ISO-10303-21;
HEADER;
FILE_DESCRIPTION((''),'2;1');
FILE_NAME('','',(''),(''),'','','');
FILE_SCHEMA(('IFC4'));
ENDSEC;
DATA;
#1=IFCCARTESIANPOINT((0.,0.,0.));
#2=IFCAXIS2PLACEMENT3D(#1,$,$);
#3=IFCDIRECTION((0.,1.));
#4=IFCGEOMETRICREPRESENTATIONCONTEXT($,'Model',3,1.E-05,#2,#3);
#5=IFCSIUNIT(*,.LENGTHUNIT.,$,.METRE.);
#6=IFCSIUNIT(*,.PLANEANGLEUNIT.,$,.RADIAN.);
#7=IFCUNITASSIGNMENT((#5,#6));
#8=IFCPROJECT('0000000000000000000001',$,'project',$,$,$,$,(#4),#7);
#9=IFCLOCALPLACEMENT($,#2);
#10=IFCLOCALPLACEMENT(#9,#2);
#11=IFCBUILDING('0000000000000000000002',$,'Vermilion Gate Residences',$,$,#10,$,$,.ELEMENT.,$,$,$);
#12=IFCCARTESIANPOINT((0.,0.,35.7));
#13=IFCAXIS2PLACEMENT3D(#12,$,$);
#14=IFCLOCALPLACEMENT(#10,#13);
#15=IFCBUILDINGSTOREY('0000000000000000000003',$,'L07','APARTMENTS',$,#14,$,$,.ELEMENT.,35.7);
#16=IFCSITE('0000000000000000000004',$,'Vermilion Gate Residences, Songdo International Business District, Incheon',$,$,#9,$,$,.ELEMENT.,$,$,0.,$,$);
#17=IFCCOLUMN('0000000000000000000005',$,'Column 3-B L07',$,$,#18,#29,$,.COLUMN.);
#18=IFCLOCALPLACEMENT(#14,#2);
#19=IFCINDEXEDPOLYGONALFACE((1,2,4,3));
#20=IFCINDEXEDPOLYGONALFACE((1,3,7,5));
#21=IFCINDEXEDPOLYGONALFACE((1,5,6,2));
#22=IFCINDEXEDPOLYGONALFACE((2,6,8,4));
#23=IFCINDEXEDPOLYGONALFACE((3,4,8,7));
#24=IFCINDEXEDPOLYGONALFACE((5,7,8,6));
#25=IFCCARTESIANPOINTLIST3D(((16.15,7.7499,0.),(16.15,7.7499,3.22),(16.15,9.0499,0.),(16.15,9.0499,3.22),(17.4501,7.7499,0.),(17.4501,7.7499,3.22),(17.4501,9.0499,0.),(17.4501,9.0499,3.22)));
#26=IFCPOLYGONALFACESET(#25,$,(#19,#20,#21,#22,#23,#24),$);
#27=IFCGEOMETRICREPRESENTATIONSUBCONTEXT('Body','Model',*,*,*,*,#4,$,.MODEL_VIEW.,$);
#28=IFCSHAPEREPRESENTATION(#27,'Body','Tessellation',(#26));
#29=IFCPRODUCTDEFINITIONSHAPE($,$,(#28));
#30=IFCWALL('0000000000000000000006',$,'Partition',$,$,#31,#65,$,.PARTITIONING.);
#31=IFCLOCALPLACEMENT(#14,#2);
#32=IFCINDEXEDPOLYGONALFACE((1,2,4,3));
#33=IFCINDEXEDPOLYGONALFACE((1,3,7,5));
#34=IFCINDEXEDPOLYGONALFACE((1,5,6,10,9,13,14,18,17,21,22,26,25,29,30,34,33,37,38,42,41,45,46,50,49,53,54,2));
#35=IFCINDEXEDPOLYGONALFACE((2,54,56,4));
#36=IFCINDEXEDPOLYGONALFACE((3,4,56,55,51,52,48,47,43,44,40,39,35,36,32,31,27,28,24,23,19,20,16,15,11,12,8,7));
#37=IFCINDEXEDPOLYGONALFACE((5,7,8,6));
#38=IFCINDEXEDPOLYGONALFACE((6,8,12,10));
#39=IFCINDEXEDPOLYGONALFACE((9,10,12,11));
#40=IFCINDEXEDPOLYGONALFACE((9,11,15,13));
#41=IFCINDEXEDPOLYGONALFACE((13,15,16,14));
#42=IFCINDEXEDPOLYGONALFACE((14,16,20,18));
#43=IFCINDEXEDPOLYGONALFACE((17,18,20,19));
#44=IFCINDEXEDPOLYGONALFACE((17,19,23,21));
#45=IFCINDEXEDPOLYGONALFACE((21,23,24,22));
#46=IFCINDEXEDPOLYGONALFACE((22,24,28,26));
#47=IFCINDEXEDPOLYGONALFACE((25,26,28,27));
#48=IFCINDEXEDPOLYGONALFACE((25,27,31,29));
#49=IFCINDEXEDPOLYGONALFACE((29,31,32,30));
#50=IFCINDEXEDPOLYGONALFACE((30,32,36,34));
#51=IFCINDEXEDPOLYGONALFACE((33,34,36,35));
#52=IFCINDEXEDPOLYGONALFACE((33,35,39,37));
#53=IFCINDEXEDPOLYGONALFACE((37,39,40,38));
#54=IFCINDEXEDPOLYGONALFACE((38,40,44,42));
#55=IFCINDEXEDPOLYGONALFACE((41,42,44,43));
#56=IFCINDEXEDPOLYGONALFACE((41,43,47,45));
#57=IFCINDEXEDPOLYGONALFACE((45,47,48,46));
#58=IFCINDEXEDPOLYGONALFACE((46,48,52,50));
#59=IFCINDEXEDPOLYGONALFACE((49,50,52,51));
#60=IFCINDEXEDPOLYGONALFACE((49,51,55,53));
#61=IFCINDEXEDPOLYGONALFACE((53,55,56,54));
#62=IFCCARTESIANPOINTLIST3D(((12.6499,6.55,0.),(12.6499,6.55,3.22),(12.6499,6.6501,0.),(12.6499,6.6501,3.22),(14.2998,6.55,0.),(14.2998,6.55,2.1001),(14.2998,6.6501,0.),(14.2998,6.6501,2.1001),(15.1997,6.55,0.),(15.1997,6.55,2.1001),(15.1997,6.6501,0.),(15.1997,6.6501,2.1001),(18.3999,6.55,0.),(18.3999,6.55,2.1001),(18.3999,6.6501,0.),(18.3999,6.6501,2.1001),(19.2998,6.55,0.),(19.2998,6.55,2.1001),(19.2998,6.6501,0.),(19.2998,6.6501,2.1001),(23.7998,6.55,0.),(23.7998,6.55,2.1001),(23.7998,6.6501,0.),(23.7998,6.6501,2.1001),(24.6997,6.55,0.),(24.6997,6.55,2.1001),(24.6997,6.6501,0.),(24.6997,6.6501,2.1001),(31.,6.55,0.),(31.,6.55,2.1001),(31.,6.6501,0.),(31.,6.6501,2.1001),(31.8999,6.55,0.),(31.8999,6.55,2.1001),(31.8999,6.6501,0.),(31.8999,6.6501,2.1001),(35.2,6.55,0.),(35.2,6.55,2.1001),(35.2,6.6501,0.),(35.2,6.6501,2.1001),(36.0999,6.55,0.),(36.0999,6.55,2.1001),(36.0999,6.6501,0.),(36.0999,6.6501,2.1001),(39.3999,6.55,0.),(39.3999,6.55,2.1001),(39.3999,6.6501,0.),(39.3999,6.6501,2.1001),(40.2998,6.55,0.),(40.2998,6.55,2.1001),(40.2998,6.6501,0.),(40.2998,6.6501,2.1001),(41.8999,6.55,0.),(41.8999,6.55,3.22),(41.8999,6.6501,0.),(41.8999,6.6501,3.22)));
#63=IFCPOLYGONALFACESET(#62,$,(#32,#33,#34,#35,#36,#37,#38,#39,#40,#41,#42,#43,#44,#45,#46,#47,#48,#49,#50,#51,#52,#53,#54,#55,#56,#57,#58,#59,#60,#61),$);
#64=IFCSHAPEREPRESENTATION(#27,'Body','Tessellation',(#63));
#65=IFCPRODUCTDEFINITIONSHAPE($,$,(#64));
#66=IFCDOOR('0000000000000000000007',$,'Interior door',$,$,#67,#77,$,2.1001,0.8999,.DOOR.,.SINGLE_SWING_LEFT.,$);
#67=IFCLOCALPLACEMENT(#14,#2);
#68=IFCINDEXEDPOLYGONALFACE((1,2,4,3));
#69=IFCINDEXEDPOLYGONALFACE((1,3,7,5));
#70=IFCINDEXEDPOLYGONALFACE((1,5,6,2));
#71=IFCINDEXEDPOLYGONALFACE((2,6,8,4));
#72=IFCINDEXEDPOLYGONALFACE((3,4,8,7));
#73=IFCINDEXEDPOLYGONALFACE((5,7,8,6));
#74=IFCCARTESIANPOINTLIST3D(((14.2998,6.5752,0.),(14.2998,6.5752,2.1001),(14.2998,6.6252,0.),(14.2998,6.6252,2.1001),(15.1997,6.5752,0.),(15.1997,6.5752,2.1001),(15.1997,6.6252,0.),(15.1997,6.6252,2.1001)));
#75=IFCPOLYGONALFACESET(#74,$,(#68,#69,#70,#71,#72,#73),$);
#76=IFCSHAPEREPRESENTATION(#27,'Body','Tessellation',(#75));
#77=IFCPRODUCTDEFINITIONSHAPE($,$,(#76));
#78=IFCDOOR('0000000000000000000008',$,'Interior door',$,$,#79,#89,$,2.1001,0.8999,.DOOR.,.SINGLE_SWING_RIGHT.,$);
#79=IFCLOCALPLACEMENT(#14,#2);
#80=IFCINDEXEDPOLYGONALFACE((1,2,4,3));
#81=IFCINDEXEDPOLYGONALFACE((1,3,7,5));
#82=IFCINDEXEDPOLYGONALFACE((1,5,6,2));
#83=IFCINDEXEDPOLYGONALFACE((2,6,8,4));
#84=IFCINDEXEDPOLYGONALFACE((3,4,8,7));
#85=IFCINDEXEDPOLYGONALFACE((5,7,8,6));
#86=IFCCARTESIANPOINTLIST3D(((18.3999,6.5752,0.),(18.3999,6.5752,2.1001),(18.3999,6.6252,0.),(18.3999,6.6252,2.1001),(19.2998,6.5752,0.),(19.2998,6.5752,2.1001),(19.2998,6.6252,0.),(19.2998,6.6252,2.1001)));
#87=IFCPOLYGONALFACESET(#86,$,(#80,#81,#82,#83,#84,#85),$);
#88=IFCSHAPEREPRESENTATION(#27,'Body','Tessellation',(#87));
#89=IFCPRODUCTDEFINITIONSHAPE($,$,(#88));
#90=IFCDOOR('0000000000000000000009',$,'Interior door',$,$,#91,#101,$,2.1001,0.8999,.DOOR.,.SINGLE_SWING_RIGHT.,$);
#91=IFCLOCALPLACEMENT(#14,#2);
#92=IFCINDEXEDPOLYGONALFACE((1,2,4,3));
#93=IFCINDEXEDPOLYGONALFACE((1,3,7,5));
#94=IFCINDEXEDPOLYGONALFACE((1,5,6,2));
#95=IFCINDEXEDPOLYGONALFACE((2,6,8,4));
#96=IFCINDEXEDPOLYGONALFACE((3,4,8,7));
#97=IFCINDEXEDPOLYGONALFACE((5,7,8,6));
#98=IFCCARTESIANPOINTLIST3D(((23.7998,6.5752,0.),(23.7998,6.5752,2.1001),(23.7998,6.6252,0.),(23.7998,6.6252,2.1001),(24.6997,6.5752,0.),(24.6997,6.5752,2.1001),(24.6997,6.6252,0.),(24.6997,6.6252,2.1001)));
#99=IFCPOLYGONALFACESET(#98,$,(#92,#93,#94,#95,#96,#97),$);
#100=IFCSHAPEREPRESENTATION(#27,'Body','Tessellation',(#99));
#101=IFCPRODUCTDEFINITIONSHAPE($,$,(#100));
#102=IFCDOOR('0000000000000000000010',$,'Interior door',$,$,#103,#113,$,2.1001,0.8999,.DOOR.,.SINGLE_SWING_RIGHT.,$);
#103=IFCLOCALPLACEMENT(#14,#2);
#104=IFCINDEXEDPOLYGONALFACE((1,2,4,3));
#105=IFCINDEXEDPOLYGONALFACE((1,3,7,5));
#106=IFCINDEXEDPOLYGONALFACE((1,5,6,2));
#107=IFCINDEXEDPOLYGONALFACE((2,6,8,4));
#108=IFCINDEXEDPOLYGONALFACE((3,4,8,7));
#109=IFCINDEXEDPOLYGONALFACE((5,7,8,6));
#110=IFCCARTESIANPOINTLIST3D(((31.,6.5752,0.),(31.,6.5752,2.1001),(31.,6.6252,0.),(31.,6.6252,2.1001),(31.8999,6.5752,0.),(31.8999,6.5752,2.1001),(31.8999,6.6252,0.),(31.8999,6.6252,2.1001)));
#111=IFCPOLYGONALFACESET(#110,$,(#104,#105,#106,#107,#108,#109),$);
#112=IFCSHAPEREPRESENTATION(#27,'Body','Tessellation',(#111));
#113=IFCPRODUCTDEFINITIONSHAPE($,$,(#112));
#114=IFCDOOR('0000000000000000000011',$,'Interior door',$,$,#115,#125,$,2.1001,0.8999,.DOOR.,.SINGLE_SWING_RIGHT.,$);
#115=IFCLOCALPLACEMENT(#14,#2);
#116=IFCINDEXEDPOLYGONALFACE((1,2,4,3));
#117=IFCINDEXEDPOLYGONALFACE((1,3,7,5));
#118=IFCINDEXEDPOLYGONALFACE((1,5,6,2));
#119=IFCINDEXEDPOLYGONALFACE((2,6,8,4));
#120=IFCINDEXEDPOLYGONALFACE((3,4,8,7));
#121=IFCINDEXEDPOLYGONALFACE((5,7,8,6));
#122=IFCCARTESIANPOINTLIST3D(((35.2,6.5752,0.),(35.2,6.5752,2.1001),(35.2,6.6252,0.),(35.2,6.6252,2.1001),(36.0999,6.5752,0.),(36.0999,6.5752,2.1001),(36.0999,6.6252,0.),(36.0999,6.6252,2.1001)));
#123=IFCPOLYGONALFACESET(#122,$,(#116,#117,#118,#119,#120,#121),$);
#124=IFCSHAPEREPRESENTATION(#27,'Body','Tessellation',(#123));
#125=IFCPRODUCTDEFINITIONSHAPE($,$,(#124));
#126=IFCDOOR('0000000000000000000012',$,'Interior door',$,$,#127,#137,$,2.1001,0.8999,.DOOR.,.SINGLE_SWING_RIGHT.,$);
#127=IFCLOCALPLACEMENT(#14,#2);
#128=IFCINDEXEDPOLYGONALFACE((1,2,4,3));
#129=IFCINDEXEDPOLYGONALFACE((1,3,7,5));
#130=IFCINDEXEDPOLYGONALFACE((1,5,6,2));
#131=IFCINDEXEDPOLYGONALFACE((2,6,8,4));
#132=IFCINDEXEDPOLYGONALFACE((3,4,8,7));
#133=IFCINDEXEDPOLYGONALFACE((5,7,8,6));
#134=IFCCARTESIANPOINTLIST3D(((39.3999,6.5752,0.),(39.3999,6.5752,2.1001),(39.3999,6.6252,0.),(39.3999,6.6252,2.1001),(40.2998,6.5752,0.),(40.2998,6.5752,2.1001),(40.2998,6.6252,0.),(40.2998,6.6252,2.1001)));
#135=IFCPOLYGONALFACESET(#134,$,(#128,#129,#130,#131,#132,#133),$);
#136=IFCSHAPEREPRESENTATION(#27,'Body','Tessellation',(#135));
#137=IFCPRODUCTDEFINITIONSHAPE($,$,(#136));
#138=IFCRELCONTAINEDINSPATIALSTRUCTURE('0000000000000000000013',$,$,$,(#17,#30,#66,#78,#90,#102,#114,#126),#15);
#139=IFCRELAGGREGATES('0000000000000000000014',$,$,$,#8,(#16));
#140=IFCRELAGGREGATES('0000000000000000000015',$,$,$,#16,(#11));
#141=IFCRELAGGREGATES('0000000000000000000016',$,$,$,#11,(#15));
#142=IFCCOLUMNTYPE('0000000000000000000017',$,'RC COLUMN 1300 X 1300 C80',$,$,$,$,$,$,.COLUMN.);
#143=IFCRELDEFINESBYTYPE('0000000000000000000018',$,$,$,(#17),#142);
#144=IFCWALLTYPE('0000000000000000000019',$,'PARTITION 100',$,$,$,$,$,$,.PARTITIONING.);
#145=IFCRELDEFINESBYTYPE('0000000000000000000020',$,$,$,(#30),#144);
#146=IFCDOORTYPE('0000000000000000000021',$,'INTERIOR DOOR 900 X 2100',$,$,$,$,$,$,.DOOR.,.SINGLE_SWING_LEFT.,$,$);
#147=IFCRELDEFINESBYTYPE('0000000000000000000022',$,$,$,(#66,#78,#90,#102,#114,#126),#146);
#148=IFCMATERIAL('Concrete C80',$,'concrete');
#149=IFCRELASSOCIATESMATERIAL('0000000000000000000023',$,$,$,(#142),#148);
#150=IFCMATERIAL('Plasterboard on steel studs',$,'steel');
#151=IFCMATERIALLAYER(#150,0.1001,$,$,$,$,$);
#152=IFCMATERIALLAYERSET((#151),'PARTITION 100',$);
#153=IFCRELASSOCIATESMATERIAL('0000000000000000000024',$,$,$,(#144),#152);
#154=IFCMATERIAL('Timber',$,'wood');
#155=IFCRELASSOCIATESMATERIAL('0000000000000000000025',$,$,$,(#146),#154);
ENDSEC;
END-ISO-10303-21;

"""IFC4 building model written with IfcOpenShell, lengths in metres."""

from ifc_helpers import new_model, si_unit, direction, frame, frame_2d, origin, origin_2d, place, context, subcontext, project, spatial, rectangle, extrude, material, layer, layer_set, material_profile, profile_set, type_object, element, fill, save


model = new_model("IFC4")

# Units and contexts
model_context = context("Model", 3, precision=1e-05, world=origin(), true_north=direction((0.0, 1.0)))
body_context = subcontext(model_context, "Body", "Model", "MODEL_VIEW")
ifc_project = project(units=[si_unit("LENGTHUNIT", "METRE"), si_unit("PLANEANGLEUNIT", "RADIAN")], contexts=[model_context])

# Site, building, storey
site_placement = place(None, origin())
site = spatial("IfcSite", under=ifc_project, at=site_placement, Name="Vermilion Gate Residences, Songdo International Business District, Incheon", CompositionType="ELEMENT", RefElevation=0.0)
building_placement = place(site_placement, origin())
building = spatial("IfcBuilding", under=site, at=building_placement, Name="Vermilion Gate Residences", CompositionType="ELEMENT")
storey_placement = place(building_placement, frame((0.0, 0.0, 35.7)))
storey = spatial("IfcBuildingStorey", under=building, at=storey_placement, Name="L07", Description="APARTMENTS", CompositionType="ELEMENT", Elevation=35.7)

# Column
ifc_material_1 = material(Name="Concrete C80", Category="concrete")
ifc_material_profile = material_profile(ifc_material_1, rectangle(XDim=1.3, YDim=1.3, at=origin_2d()), Name="RC-1300x1300")
ifc_profile_set = profile_set([ifc_material_profile], Name="Concrete C80")
column_type = type_object("IfcColumnType", Name="RC COLUMN 1300 X 1300 C80", PredefinedType="COLUMN", material=ifc_profile_set)
column_placement = place(storey_placement, frame((16.8, 8.3999, 0.0), z_axis=(0.0, 0.0, 1.0), x_axis=(1.0, 0.0, 0.0)))
element("IfcColumn", 1, at=column_placement, inside=storey, type_object=column_type, Name="Column 3-B L07", PredefinedType="COLUMN", context=body_context, shape_type="SweptSolid", body=[
    extrude(rectangle(XDim=1.3, YDim=1.3, at=origin_2d()), origin(), (0.0, 0.0, 1.0), 3.22),
])

# Wall, openings, doors
ifc_material_2 = material(Name="Plasterboard on steel studs", Category="steel")
ifc_layer = layer(ifc_material_2, 0.1001)
ifc_layer_set = layer_set([ifc_layer], Name="PARTITION 100")
wall_type = type_object("IfcWallType", Name="PARTITION 100", PredefinedType="PARTITIONING", material=ifc_layer_set)
wall_1_placement = place(storey_placement, frame((12.6499, 6.6001, 0.0), z_axis=(0.0, 0.0, 1.0), x_axis=(1.0, 0.0, 0.0)))
wall_1 = element("IfcWall", 2, at=wall_1_placement, inside=storey, type_object=wall_type, Name="Partition", PredefinedType="PARTITIONING", context=body_context, shape_type="SweptSolid", body=[
    extrude(rectangle(XDim=29.25, YDim=0.1001, at=frame_2d((14.625, 0.0))), origin(), (0.0, 0.0, 1.0), 3.22),
])
opening_1_placement = place(wall_1_placement, frame((1.6499, 0.0, 0.0)))
opening_1 = element("IfcOpeningElement", 3, at=opening_1_placement, cuts=wall_1, PredefinedType="OPENING", context=body_context, shape_type="SweptSolid", body=[
    extrude(rectangle(XDim=0.8999, YDim=2.1001, at=frame_2d((0.45, 1.05))), frame((0.0, 0.0601, 0.0), z_axis=(0.0, -1.0, 0.0), x_axis=(1.0, 0.0, 0.0)), (0.0, 0.0, 1.0), 0.1201),
])
opening_2_placement = place(wall_1_placement, frame((5.75, 0.0, 0.0)))
opening_2 = element("IfcOpeningElement", 4, at=opening_2_placement, cuts=wall_1, PredefinedType="OPENING", context=body_context, shape_type="SweptSolid", body=[
    extrude(rectangle(XDim=0.8999, YDim=2.1001, at=frame_2d((0.45, 1.05))), frame((0.0, 0.0601, 0.0), z_axis=(0.0, -1.0, 0.0), x_axis=(1.0, 0.0, 0.0)), (0.0, 0.0, 1.0), 0.1201),
])
opening_3_placement = place(wall_1_placement, frame((11.1499, 0.0, 0.0)))
opening_3 = element("IfcOpeningElement", 5, at=opening_3_placement, cuts=wall_1, PredefinedType="OPENING", context=body_context, shape_type="SweptSolid", body=[
    extrude(rectangle(XDim=0.8999, YDim=2.1001, at=frame_2d((0.45, 1.05))), frame((0.0, 0.0601, 0.0), z_axis=(0.0, -1.0, 0.0), x_axis=(1.0, 0.0, 0.0)), (0.0, 0.0, 1.0), 0.1201),
])
opening_4_placement = place(wall_1_placement, frame((18.3501, 0.0, 0.0)))
opening_4 = element("IfcOpeningElement", 6, at=opening_4_placement, cuts=wall_1, PredefinedType="OPENING", context=body_context, shape_type="SweptSolid", body=[
    extrude(rectangle(XDim=0.8999, YDim=2.1001, at=frame_2d((0.45, 1.05))), frame((0.0, 0.0601, 0.0), z_axis=(0.0, -1.0, 0.0), x_axis=(1.0, 0.0, 0.0)), (0.0, 0.0, 1.0), 0.1201),
])
opening_5_placement = place(wall_1_placement, frame((22.55, 0.0, 0.0)))
opening_5 = element("IfcOpeningElement", 7, at=opening_5_placement, cuts=wall_1, PredefinedType="OPENING", context=body_context, shape_type="SweptSolid", body=[
    extrude(rectangle(XDim=0.8999, YDim=2.1001, at=frame_2d((0.45, 1.05))), frame((0.0, 0.0601, 0.0), z_axis=(0.0, -1.0, 0.0), x_axis=(1.0, 0.0, 0.0)), (0.0, 0.0, 1.0), 0.1201),
])
opening_6_placement = place(wall_1_placement, frame((26.75, 0.0, 0.0)))
opening_6 = element("IfcOpeningElement", 8, at=opening_6_placement, cuts=wall_1, PredefinedType="OPENING", context=body_context, shape_type="SweptSolid", body=[
    extrude(rectangle(XDim=0.8999, YDim=2.1001, at=frame_2d((0.45, 1.05))), frame((0.0, 0.0601, 0.0), z_axis=(0.0, -1.0, 0.0), x_axis=(1.0, 0.0, 0.0)), (0.0, 0.0, 1.0), 0.1201),
])
ifc_material_3 = material(Name="Timber", Category="wood")
door_type = type_object("IfcDoorType", Name="INTERIOR DOOR 900 X 2100", OperationType="SINGLE_SWING_LEFT", PredefinedType="DOOR", material=ifc_material_3)
door_1_placement = place(opening_1_placement, frame((0.8999, 0.0, 0.0), z_axis=(0.0, 0.0, 1.0), x_axis=(-1.0, 0.0, 0.0)))
door_1 = element("IfcDoor", 9, at=door_1_placement, inside=storey, type_object=door_type, Name="Interior door", OperationType="SINGLE_SWING_LEFT", OverallHeight=2.1001, OverallWidth=0.8999, PredefinedType="DOOR", context=body_context, shape_type="SweptSolid", body=[
    extrude(rectangle(XDim=0.8999, YDim=2.1001, at=frame_2d((0.45, 1.05))), frame((0.0, 0.0249, 0.0), z_axis=(0.0, -1.0, 0.0), x_axis=(1.0, 0.0, 0.0)), (0.0, 0.0, 1.0), 0.05),
])
fill(opening_1, door_1)
door_2_placement = place(opening_2_placement, frame((0.8999, 0.0, 0.0), z_axis=(0.0, 0.0, 1.0), x_axis=(-1.0, 0.0, 0.0)))
door_2 = element("IfcDoor", 10, at=door_2_placement, inside=storey, type_object=door_type, Name="Interior door", OperationType="SINGLE_SWING_RIGHT", OverallHeight=2.1001, OverallWidth=0.8999, PredefinedType="DOOR", context=body_context, shape_type="SweptSolid", body=[
    extrude(rectangle(XDim=0.8999, YDim=2.1001, at=frame_2d((0.45, 1.05))), frame((0.0, 0.0249, 0.0), z_axis=(0.0, -1.0, 0.0), x_axis=(1.0, 0.0, 0.0)), (0.0, 0.0, 1.0), 0.05),
])
fill(opening_2, door_2)
door_3_placement = place(opening_3_placement, frame((0.8999, 0.0, 0.0), z_axis=(0.0, 0.0, 1.0), x_axis=(-1.0, 0.0, 0.0)))
door_3 = element("IfcDoor", 11, at=door_3_placement, inside=storey, type_object=door_type, Name="Interior door", OperationType="SINGLE_SWING_RIGHT", OverallHeight=2.1001, OverallWidth=0.8999, PredefinedType="DOOR", context=body_context, shape_type="SweptSolid", body=[
    extrude(rectangle(XDim=0.8999, YDim=2.1001, at=frame_2d((0.45, 1.05))), frame((0.0, 0.0249, 0.0), z_axis=(0.0, -1.0, 0.0), x_axis=(1.0, 0.0, 0.0)), (0.0, 0.0, 1.0), 0.05),
])
fill(opening_3, door_3)
door_4_placement = place(opening_4_placement, frame((0.8999, 0.0, 0.0), z_axis=(0.0, 0.0, 1.0), x_axis=(-1.0, 0.0, 0.0)))
door_4 = element("IfcDoor", 12, at=door_4_placement, inside=storey, type_object=door_type, Name="Interior door", OperationType="SINGLE_SWING_RIGHT", OverallHeight=2.1001, OverallWidth=0.8999, PredefinedType="DOOR", context=body_context, shape_type="SweptSolid", body=[
    extrude(rectangle(XDim=0.8999, YDim=2.1001, at=frame_2d((0.45, 1.05))), frame((0.0, 0.0249, 0.0), z_axis=(0.0, -1.0, 0.0), x_axis=(1.0, 0.0, 0.0)), (0.0, 0.0, 1.0), 0.05),
])
fill(opening_4, door_4)
door_5_placement = place(opening_5_placement, frame((0.8999, 0.0, 0.0), z_axis=(0.0, 0.0, 1.0), x_axis=(-1.0, 0.0, 0.0)))
door_5 = element("IfcDoor", 13, at=door_5_placement, inside=storey, type_object=door_type, Name="Interior door", OperationType="SINGLE_SWING_RIGHT", OverallHeight=2.1001, OverallWidth=0.8999, PredefinedType="DOOR", context=body_context, shape_type="SweptSolid", body=[
    extrude(rectangle(XDim=0.8999, YDim=2.1001, at=frame_2d((0.45, 1.05))), frame((0.0, 0.0249, 0.0), z_axis=(0.0, -1.0, 0.0), x_axis=(1.0, 0.0, 0.0)), (0.0, 0.0, 1.0), 0.05),
])
fill(opening_5, door_5)
door_6_placement = place(opening_6_placement, frame((0.8999, 0.0, 0.0), z_axis=(0.0, 0.0, 1.0), x_axis=(-1.0, 0.0, 0.0)))
door_6 = element("IfcDoor", 14, at=door_6_placement, inside=storey, type_object=door_type, Name="Interior door", OperationType="SINGLE_SWING_RIGHT", OverallHeight=2.1001, OverallWidth=0.8999, PredefinedType="DOOR", context=body_context, shape_type="SweptSolid", body=[
    extrude(rectangle(XDim=0.8999, YDim=2.1001, at=frame_2d((0.45, 1.05))), frame((0.0, 0.0249, 0.0), z_axis=(0.0, -1.0, 0.0), x_axis=(1.0, 0.0, 0.0)), (0.0, 0.0, 1.0), 0.05),
])
fill(opening_6, door_6)

save(model, "model.ifc")
